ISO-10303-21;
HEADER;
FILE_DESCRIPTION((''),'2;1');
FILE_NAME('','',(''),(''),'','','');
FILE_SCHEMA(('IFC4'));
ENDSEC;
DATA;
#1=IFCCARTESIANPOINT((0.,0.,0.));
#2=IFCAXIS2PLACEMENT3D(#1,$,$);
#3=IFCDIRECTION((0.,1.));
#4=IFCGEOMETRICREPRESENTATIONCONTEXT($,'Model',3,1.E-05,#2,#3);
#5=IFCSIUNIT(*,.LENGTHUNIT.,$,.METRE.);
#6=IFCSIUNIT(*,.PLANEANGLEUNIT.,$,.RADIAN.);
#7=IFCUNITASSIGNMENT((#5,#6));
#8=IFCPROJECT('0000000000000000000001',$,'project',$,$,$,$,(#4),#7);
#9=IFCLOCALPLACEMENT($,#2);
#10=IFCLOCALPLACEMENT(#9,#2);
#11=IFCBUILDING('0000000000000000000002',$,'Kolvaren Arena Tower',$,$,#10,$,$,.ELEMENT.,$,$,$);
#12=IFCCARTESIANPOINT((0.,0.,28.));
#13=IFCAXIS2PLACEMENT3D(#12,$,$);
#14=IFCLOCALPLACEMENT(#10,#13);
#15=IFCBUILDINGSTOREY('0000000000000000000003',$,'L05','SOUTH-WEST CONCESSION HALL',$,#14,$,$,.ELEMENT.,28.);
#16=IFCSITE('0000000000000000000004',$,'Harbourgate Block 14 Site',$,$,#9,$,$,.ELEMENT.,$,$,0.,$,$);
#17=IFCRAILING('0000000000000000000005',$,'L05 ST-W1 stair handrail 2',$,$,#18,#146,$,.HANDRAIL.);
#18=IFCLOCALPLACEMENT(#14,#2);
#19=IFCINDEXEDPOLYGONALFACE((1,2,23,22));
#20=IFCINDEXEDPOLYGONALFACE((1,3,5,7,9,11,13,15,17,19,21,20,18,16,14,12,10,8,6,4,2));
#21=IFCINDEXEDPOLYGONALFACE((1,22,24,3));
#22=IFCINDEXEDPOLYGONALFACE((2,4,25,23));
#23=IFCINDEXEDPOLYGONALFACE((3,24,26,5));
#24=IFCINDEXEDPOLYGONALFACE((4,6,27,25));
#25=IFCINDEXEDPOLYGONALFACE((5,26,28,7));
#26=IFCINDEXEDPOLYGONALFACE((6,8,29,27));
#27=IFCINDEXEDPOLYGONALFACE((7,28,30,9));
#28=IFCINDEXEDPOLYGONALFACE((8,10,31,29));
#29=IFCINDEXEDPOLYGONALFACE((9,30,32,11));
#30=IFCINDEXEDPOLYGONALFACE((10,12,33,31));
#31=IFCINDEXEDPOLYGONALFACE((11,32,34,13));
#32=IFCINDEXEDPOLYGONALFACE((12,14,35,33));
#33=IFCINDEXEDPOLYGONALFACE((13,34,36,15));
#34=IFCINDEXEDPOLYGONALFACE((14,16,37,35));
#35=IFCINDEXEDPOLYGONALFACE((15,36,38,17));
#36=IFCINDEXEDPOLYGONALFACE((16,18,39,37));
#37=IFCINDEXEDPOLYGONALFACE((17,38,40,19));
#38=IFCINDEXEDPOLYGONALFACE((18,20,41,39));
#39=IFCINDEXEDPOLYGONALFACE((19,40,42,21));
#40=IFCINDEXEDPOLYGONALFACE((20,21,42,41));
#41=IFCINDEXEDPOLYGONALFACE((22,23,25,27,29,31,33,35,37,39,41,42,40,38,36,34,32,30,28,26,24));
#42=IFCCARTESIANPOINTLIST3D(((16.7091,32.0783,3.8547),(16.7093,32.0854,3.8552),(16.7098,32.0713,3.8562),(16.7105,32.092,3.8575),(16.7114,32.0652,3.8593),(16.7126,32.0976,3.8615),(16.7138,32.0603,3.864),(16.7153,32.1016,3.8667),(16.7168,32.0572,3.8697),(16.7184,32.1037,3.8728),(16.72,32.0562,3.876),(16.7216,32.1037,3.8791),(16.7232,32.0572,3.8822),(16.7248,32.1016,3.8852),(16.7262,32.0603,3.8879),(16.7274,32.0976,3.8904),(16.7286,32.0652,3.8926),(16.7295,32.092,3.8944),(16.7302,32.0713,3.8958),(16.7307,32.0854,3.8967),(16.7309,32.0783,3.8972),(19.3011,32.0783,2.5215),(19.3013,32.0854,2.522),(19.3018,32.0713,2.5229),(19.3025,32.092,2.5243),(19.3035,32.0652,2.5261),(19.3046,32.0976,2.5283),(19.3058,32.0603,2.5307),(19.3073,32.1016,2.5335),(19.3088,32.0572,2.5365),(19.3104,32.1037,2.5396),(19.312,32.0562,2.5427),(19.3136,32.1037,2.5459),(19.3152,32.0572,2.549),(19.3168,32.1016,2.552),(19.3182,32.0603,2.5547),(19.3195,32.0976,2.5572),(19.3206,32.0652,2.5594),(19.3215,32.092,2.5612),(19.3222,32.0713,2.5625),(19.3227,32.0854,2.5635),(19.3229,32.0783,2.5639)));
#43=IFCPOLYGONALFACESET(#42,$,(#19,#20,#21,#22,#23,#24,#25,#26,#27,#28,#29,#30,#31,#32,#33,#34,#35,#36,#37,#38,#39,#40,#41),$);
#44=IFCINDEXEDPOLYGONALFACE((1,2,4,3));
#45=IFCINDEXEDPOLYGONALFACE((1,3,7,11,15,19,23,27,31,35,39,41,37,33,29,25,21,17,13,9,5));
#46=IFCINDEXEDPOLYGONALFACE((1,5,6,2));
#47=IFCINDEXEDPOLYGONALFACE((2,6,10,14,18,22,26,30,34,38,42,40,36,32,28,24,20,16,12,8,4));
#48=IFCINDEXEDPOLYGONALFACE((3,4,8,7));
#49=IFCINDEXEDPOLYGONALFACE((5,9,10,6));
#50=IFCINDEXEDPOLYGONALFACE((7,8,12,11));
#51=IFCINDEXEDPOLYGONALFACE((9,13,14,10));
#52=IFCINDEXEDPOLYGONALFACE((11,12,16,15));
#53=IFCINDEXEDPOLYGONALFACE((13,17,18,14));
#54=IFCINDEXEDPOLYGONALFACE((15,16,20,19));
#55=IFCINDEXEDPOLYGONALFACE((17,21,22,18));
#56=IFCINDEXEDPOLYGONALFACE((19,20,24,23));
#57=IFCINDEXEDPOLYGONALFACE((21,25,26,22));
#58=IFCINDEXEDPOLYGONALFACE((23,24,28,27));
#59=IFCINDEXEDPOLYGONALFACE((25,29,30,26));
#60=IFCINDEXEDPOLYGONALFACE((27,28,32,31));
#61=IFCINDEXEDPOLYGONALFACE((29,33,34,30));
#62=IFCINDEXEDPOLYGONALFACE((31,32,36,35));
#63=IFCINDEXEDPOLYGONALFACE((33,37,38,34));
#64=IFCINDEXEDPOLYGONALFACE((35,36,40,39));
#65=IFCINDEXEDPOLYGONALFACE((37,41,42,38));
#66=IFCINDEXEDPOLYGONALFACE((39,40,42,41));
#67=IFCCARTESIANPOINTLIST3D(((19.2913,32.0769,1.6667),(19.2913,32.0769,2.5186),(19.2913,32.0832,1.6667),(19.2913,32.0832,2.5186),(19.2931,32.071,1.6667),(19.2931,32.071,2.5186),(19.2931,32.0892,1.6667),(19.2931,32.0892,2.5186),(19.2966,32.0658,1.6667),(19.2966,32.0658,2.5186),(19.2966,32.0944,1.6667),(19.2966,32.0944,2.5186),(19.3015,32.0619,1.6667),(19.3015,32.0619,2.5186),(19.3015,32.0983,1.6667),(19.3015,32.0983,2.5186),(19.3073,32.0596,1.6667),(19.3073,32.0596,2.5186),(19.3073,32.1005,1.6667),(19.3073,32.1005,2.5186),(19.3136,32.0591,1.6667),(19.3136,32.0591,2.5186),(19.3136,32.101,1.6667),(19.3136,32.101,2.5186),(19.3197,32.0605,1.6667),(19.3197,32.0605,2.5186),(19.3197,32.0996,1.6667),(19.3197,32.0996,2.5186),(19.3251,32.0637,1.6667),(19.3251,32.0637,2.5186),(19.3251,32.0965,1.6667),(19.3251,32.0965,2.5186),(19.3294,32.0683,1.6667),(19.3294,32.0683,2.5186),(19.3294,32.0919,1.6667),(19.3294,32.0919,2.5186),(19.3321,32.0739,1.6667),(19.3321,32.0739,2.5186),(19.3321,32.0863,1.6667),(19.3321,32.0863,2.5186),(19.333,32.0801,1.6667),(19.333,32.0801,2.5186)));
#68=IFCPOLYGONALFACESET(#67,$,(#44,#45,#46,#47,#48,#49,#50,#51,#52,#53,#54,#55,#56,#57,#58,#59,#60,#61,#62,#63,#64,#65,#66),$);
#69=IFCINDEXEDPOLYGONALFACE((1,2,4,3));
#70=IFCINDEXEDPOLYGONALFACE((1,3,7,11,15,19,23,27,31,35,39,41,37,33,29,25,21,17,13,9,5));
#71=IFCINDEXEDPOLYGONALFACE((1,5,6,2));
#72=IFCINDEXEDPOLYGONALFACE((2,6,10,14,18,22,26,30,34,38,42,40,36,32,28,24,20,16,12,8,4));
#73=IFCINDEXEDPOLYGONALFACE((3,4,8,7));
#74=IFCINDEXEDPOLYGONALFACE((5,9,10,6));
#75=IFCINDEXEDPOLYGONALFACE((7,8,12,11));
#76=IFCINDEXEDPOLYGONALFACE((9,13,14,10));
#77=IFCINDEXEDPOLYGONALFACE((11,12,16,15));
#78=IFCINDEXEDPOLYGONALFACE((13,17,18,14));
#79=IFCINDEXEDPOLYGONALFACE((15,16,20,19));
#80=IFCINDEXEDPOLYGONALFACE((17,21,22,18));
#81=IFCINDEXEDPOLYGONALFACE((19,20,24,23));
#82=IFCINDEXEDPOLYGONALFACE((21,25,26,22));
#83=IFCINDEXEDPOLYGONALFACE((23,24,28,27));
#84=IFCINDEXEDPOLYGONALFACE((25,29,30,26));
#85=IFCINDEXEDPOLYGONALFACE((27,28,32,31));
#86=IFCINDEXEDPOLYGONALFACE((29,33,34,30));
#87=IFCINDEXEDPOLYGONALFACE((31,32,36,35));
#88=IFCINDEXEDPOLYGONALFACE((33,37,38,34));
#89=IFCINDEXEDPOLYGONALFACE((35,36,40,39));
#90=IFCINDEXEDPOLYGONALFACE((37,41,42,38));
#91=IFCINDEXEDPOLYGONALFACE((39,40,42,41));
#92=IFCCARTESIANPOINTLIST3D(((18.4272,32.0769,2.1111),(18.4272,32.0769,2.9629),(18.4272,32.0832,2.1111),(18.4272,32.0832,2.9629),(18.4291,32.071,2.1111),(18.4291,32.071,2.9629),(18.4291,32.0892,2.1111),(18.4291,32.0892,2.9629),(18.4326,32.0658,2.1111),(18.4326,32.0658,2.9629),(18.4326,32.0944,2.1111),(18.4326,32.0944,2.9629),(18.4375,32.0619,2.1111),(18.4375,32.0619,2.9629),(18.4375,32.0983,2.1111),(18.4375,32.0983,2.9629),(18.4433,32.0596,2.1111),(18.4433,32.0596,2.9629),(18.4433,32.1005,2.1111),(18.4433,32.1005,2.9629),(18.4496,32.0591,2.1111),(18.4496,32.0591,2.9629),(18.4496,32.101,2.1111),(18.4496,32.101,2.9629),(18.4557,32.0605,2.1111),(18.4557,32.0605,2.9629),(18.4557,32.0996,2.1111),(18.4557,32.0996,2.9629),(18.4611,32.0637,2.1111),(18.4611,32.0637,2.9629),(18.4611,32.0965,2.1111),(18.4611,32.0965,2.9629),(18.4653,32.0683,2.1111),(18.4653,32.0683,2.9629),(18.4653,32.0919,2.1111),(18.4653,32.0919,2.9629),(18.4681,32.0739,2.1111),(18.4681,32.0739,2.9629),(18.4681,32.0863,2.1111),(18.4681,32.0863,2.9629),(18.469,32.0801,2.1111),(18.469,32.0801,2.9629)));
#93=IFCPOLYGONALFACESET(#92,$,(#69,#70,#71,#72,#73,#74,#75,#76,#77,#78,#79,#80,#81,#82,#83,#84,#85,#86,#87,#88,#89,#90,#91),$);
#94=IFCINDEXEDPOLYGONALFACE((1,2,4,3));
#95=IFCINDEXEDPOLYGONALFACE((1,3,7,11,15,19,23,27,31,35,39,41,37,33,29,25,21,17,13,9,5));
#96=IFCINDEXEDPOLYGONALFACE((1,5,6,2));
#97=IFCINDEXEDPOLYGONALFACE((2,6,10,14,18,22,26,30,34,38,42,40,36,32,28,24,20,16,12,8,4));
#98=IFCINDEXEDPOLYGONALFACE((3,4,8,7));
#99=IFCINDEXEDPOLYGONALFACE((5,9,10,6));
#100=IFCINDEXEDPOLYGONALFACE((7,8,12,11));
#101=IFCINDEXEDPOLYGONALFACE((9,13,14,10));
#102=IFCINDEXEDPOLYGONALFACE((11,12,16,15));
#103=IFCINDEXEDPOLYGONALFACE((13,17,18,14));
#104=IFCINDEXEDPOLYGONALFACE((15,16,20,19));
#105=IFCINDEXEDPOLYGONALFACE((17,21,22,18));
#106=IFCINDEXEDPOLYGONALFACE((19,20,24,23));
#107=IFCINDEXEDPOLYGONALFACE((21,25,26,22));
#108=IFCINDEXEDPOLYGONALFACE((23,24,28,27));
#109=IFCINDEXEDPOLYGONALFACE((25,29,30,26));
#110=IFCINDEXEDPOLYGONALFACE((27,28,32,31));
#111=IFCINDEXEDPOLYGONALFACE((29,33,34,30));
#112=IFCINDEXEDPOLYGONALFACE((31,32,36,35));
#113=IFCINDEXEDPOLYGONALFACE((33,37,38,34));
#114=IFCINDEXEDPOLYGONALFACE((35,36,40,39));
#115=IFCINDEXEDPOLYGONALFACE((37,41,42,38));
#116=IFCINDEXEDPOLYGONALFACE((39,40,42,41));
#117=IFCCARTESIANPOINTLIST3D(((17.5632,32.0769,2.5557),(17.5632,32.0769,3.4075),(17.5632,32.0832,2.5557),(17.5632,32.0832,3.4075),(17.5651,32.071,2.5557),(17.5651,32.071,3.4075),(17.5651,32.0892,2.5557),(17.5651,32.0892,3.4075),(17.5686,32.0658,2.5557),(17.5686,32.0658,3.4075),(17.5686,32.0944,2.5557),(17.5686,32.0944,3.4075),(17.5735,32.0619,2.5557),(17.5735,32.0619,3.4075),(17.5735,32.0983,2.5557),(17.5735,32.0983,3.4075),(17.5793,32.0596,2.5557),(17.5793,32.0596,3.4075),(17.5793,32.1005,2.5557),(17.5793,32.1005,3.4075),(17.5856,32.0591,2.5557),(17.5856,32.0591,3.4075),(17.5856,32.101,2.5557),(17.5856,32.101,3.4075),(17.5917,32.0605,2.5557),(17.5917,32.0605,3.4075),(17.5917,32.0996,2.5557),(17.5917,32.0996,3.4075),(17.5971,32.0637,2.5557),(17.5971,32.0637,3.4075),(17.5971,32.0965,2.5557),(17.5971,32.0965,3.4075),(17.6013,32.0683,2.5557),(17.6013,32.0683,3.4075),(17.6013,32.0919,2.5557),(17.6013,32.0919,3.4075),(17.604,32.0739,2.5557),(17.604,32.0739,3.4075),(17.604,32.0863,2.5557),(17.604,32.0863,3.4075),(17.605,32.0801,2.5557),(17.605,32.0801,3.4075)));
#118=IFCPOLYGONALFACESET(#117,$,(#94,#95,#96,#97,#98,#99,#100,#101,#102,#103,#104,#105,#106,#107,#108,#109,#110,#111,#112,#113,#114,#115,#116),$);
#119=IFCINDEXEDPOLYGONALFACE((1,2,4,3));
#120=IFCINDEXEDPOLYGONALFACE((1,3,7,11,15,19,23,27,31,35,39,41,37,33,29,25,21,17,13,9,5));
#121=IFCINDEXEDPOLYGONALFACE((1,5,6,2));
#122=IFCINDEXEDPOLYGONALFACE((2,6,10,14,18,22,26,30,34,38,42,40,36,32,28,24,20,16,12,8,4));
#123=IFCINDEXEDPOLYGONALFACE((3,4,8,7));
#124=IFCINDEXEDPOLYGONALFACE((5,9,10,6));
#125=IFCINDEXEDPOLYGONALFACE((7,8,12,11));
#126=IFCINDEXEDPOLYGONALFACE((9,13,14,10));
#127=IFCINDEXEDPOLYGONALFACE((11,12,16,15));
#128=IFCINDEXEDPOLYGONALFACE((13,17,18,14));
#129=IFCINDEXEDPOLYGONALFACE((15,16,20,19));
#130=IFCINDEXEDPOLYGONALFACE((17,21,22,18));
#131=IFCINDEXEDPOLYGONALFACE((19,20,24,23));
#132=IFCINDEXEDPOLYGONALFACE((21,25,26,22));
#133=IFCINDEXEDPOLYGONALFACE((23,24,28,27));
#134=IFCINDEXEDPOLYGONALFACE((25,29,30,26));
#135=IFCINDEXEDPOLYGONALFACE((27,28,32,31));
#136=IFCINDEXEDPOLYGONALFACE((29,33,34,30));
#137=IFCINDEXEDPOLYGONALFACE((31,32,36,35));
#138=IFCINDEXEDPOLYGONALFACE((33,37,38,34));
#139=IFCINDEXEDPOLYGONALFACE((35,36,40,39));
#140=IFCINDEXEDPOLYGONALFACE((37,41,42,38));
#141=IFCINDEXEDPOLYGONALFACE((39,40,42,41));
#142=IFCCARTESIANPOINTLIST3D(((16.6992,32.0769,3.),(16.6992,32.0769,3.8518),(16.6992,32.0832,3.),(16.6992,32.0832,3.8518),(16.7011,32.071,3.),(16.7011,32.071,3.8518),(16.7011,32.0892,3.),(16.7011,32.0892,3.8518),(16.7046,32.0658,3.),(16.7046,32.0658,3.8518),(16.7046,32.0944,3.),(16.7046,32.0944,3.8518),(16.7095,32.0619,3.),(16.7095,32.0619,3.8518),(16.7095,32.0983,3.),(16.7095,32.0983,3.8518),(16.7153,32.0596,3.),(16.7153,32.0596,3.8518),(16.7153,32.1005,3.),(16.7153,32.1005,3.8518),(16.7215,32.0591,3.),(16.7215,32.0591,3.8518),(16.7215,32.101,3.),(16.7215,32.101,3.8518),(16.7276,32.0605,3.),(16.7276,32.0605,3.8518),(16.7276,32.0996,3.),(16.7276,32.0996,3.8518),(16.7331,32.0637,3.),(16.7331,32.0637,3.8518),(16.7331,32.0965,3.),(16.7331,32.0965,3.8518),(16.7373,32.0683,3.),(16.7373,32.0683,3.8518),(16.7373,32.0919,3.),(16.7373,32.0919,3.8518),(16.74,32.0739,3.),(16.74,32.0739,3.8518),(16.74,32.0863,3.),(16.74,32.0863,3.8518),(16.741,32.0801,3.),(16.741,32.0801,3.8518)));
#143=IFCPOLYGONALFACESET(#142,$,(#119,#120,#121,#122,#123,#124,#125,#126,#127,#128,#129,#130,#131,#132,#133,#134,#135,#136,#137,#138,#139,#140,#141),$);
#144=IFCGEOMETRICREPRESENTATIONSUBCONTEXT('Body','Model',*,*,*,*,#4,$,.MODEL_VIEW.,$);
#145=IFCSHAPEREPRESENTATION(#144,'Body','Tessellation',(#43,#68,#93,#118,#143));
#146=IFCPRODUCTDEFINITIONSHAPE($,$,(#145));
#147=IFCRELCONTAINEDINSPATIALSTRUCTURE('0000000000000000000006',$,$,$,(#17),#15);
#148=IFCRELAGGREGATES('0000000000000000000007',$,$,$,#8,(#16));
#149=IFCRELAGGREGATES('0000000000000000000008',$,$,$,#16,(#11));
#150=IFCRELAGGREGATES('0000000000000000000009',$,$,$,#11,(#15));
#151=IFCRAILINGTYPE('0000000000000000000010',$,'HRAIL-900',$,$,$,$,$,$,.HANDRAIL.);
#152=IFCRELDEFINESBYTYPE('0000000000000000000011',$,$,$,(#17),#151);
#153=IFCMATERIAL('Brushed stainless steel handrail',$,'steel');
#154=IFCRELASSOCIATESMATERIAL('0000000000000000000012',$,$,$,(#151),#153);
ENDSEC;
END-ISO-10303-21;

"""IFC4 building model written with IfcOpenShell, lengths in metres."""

from ifc_helpers import new_model, si_unit, direction, frame, origin, origin_2d, place, context, subcontext, project, spatial, circle, extrude, material, type_object, element, save


model = new_model("IFC4")

# Units and contexts
model_context = context("Model", 3, precision=1e-05, world=origin(), true_north=direction((0.0, 1.0)))
body_context = subcontext(model_context, "Body", "Model", "MODEL_VIEW")
ifc_project = project(units=[si_unit("LENGTHUNIT", "METRE"), si_unit("PLANEANGLEUNIT", "RADIAN")], contexts=[model_context])

# Site, building, storey
site_placement = place(None, origin())
site = spatial("IfcSite", under=ifc_project, at=site_placement, Name="Harbourgate Block 14 Site", CompositionType="ELEMENT", RefElevation=0.0)
building_placement = place(site_placement, origin())
building = spatial("IfcBuilding", under=site, at=building_placement, Name="Kolvaren Arena Tower", CompositionType="ELEMENT")
storey_placement = place(building_placement, frame((0.0, 0.0, 28.0)))
storey = spatial("IfcBuildingStorey", under=building, at=storey_placement, Name="L05", Description="SOUTH-WEST CONCESSION HALL", CompositionType="ELEMENT", Elevation=28.0)

# Railing
ifc_material_1 = material(Name="Brushed stainless steel handrail", Category="steel")
railing_type_1 = type_object("IfcRailingType", Name="HRAIL-900", PredefinedType="HANDRAIL", material=ifc_material_1)
railing_1_placement = place(storey_placement, frame((19.312, 32.0801, 1.6667)))
element("IfcRailing", 1, at=railing_1_placement, inside=storey, type_object=railing_type_1, Name="L05 ST-W1 stair handrail 2", PredefinedType="HANDRAIL", context=body_context, shape_type="SweptSolid", body=[
    extrude(circle(Radius=0.0239, at=origin_2d()), frame((0.0, 0.0, 0.876), z_axis=(-0.88926, 0.0, 0.457403), x_axis=(0.0, -1.0, 0.0)), (0.0, 0.0, 1.0), 2.9148),
    extrude(circle(Radius=0.021, at=origin_2d()), origin(), (0.0, 0.0, 1.0), 0.8518),
    extrude(circle(Radius=0.021, at=origin_2d()), frame((-0.864, 0.0, 0.4443)), (0.0, 0.0, 1.0), 0.8518),
    extrude(circle(Radius=0.021, at=origin_2d()), frame((-1.728, 0.0, 0.8889)), (0.0, 0.0, 1.0), 0.8518),
    extrude(circle(Radius=0.021, at=origin_2d()), frame((-2.592, 0.0, 1.3333)), (0.0, 0.0, 1.0), 0.8518),
])

save(model, "model.ifc")
